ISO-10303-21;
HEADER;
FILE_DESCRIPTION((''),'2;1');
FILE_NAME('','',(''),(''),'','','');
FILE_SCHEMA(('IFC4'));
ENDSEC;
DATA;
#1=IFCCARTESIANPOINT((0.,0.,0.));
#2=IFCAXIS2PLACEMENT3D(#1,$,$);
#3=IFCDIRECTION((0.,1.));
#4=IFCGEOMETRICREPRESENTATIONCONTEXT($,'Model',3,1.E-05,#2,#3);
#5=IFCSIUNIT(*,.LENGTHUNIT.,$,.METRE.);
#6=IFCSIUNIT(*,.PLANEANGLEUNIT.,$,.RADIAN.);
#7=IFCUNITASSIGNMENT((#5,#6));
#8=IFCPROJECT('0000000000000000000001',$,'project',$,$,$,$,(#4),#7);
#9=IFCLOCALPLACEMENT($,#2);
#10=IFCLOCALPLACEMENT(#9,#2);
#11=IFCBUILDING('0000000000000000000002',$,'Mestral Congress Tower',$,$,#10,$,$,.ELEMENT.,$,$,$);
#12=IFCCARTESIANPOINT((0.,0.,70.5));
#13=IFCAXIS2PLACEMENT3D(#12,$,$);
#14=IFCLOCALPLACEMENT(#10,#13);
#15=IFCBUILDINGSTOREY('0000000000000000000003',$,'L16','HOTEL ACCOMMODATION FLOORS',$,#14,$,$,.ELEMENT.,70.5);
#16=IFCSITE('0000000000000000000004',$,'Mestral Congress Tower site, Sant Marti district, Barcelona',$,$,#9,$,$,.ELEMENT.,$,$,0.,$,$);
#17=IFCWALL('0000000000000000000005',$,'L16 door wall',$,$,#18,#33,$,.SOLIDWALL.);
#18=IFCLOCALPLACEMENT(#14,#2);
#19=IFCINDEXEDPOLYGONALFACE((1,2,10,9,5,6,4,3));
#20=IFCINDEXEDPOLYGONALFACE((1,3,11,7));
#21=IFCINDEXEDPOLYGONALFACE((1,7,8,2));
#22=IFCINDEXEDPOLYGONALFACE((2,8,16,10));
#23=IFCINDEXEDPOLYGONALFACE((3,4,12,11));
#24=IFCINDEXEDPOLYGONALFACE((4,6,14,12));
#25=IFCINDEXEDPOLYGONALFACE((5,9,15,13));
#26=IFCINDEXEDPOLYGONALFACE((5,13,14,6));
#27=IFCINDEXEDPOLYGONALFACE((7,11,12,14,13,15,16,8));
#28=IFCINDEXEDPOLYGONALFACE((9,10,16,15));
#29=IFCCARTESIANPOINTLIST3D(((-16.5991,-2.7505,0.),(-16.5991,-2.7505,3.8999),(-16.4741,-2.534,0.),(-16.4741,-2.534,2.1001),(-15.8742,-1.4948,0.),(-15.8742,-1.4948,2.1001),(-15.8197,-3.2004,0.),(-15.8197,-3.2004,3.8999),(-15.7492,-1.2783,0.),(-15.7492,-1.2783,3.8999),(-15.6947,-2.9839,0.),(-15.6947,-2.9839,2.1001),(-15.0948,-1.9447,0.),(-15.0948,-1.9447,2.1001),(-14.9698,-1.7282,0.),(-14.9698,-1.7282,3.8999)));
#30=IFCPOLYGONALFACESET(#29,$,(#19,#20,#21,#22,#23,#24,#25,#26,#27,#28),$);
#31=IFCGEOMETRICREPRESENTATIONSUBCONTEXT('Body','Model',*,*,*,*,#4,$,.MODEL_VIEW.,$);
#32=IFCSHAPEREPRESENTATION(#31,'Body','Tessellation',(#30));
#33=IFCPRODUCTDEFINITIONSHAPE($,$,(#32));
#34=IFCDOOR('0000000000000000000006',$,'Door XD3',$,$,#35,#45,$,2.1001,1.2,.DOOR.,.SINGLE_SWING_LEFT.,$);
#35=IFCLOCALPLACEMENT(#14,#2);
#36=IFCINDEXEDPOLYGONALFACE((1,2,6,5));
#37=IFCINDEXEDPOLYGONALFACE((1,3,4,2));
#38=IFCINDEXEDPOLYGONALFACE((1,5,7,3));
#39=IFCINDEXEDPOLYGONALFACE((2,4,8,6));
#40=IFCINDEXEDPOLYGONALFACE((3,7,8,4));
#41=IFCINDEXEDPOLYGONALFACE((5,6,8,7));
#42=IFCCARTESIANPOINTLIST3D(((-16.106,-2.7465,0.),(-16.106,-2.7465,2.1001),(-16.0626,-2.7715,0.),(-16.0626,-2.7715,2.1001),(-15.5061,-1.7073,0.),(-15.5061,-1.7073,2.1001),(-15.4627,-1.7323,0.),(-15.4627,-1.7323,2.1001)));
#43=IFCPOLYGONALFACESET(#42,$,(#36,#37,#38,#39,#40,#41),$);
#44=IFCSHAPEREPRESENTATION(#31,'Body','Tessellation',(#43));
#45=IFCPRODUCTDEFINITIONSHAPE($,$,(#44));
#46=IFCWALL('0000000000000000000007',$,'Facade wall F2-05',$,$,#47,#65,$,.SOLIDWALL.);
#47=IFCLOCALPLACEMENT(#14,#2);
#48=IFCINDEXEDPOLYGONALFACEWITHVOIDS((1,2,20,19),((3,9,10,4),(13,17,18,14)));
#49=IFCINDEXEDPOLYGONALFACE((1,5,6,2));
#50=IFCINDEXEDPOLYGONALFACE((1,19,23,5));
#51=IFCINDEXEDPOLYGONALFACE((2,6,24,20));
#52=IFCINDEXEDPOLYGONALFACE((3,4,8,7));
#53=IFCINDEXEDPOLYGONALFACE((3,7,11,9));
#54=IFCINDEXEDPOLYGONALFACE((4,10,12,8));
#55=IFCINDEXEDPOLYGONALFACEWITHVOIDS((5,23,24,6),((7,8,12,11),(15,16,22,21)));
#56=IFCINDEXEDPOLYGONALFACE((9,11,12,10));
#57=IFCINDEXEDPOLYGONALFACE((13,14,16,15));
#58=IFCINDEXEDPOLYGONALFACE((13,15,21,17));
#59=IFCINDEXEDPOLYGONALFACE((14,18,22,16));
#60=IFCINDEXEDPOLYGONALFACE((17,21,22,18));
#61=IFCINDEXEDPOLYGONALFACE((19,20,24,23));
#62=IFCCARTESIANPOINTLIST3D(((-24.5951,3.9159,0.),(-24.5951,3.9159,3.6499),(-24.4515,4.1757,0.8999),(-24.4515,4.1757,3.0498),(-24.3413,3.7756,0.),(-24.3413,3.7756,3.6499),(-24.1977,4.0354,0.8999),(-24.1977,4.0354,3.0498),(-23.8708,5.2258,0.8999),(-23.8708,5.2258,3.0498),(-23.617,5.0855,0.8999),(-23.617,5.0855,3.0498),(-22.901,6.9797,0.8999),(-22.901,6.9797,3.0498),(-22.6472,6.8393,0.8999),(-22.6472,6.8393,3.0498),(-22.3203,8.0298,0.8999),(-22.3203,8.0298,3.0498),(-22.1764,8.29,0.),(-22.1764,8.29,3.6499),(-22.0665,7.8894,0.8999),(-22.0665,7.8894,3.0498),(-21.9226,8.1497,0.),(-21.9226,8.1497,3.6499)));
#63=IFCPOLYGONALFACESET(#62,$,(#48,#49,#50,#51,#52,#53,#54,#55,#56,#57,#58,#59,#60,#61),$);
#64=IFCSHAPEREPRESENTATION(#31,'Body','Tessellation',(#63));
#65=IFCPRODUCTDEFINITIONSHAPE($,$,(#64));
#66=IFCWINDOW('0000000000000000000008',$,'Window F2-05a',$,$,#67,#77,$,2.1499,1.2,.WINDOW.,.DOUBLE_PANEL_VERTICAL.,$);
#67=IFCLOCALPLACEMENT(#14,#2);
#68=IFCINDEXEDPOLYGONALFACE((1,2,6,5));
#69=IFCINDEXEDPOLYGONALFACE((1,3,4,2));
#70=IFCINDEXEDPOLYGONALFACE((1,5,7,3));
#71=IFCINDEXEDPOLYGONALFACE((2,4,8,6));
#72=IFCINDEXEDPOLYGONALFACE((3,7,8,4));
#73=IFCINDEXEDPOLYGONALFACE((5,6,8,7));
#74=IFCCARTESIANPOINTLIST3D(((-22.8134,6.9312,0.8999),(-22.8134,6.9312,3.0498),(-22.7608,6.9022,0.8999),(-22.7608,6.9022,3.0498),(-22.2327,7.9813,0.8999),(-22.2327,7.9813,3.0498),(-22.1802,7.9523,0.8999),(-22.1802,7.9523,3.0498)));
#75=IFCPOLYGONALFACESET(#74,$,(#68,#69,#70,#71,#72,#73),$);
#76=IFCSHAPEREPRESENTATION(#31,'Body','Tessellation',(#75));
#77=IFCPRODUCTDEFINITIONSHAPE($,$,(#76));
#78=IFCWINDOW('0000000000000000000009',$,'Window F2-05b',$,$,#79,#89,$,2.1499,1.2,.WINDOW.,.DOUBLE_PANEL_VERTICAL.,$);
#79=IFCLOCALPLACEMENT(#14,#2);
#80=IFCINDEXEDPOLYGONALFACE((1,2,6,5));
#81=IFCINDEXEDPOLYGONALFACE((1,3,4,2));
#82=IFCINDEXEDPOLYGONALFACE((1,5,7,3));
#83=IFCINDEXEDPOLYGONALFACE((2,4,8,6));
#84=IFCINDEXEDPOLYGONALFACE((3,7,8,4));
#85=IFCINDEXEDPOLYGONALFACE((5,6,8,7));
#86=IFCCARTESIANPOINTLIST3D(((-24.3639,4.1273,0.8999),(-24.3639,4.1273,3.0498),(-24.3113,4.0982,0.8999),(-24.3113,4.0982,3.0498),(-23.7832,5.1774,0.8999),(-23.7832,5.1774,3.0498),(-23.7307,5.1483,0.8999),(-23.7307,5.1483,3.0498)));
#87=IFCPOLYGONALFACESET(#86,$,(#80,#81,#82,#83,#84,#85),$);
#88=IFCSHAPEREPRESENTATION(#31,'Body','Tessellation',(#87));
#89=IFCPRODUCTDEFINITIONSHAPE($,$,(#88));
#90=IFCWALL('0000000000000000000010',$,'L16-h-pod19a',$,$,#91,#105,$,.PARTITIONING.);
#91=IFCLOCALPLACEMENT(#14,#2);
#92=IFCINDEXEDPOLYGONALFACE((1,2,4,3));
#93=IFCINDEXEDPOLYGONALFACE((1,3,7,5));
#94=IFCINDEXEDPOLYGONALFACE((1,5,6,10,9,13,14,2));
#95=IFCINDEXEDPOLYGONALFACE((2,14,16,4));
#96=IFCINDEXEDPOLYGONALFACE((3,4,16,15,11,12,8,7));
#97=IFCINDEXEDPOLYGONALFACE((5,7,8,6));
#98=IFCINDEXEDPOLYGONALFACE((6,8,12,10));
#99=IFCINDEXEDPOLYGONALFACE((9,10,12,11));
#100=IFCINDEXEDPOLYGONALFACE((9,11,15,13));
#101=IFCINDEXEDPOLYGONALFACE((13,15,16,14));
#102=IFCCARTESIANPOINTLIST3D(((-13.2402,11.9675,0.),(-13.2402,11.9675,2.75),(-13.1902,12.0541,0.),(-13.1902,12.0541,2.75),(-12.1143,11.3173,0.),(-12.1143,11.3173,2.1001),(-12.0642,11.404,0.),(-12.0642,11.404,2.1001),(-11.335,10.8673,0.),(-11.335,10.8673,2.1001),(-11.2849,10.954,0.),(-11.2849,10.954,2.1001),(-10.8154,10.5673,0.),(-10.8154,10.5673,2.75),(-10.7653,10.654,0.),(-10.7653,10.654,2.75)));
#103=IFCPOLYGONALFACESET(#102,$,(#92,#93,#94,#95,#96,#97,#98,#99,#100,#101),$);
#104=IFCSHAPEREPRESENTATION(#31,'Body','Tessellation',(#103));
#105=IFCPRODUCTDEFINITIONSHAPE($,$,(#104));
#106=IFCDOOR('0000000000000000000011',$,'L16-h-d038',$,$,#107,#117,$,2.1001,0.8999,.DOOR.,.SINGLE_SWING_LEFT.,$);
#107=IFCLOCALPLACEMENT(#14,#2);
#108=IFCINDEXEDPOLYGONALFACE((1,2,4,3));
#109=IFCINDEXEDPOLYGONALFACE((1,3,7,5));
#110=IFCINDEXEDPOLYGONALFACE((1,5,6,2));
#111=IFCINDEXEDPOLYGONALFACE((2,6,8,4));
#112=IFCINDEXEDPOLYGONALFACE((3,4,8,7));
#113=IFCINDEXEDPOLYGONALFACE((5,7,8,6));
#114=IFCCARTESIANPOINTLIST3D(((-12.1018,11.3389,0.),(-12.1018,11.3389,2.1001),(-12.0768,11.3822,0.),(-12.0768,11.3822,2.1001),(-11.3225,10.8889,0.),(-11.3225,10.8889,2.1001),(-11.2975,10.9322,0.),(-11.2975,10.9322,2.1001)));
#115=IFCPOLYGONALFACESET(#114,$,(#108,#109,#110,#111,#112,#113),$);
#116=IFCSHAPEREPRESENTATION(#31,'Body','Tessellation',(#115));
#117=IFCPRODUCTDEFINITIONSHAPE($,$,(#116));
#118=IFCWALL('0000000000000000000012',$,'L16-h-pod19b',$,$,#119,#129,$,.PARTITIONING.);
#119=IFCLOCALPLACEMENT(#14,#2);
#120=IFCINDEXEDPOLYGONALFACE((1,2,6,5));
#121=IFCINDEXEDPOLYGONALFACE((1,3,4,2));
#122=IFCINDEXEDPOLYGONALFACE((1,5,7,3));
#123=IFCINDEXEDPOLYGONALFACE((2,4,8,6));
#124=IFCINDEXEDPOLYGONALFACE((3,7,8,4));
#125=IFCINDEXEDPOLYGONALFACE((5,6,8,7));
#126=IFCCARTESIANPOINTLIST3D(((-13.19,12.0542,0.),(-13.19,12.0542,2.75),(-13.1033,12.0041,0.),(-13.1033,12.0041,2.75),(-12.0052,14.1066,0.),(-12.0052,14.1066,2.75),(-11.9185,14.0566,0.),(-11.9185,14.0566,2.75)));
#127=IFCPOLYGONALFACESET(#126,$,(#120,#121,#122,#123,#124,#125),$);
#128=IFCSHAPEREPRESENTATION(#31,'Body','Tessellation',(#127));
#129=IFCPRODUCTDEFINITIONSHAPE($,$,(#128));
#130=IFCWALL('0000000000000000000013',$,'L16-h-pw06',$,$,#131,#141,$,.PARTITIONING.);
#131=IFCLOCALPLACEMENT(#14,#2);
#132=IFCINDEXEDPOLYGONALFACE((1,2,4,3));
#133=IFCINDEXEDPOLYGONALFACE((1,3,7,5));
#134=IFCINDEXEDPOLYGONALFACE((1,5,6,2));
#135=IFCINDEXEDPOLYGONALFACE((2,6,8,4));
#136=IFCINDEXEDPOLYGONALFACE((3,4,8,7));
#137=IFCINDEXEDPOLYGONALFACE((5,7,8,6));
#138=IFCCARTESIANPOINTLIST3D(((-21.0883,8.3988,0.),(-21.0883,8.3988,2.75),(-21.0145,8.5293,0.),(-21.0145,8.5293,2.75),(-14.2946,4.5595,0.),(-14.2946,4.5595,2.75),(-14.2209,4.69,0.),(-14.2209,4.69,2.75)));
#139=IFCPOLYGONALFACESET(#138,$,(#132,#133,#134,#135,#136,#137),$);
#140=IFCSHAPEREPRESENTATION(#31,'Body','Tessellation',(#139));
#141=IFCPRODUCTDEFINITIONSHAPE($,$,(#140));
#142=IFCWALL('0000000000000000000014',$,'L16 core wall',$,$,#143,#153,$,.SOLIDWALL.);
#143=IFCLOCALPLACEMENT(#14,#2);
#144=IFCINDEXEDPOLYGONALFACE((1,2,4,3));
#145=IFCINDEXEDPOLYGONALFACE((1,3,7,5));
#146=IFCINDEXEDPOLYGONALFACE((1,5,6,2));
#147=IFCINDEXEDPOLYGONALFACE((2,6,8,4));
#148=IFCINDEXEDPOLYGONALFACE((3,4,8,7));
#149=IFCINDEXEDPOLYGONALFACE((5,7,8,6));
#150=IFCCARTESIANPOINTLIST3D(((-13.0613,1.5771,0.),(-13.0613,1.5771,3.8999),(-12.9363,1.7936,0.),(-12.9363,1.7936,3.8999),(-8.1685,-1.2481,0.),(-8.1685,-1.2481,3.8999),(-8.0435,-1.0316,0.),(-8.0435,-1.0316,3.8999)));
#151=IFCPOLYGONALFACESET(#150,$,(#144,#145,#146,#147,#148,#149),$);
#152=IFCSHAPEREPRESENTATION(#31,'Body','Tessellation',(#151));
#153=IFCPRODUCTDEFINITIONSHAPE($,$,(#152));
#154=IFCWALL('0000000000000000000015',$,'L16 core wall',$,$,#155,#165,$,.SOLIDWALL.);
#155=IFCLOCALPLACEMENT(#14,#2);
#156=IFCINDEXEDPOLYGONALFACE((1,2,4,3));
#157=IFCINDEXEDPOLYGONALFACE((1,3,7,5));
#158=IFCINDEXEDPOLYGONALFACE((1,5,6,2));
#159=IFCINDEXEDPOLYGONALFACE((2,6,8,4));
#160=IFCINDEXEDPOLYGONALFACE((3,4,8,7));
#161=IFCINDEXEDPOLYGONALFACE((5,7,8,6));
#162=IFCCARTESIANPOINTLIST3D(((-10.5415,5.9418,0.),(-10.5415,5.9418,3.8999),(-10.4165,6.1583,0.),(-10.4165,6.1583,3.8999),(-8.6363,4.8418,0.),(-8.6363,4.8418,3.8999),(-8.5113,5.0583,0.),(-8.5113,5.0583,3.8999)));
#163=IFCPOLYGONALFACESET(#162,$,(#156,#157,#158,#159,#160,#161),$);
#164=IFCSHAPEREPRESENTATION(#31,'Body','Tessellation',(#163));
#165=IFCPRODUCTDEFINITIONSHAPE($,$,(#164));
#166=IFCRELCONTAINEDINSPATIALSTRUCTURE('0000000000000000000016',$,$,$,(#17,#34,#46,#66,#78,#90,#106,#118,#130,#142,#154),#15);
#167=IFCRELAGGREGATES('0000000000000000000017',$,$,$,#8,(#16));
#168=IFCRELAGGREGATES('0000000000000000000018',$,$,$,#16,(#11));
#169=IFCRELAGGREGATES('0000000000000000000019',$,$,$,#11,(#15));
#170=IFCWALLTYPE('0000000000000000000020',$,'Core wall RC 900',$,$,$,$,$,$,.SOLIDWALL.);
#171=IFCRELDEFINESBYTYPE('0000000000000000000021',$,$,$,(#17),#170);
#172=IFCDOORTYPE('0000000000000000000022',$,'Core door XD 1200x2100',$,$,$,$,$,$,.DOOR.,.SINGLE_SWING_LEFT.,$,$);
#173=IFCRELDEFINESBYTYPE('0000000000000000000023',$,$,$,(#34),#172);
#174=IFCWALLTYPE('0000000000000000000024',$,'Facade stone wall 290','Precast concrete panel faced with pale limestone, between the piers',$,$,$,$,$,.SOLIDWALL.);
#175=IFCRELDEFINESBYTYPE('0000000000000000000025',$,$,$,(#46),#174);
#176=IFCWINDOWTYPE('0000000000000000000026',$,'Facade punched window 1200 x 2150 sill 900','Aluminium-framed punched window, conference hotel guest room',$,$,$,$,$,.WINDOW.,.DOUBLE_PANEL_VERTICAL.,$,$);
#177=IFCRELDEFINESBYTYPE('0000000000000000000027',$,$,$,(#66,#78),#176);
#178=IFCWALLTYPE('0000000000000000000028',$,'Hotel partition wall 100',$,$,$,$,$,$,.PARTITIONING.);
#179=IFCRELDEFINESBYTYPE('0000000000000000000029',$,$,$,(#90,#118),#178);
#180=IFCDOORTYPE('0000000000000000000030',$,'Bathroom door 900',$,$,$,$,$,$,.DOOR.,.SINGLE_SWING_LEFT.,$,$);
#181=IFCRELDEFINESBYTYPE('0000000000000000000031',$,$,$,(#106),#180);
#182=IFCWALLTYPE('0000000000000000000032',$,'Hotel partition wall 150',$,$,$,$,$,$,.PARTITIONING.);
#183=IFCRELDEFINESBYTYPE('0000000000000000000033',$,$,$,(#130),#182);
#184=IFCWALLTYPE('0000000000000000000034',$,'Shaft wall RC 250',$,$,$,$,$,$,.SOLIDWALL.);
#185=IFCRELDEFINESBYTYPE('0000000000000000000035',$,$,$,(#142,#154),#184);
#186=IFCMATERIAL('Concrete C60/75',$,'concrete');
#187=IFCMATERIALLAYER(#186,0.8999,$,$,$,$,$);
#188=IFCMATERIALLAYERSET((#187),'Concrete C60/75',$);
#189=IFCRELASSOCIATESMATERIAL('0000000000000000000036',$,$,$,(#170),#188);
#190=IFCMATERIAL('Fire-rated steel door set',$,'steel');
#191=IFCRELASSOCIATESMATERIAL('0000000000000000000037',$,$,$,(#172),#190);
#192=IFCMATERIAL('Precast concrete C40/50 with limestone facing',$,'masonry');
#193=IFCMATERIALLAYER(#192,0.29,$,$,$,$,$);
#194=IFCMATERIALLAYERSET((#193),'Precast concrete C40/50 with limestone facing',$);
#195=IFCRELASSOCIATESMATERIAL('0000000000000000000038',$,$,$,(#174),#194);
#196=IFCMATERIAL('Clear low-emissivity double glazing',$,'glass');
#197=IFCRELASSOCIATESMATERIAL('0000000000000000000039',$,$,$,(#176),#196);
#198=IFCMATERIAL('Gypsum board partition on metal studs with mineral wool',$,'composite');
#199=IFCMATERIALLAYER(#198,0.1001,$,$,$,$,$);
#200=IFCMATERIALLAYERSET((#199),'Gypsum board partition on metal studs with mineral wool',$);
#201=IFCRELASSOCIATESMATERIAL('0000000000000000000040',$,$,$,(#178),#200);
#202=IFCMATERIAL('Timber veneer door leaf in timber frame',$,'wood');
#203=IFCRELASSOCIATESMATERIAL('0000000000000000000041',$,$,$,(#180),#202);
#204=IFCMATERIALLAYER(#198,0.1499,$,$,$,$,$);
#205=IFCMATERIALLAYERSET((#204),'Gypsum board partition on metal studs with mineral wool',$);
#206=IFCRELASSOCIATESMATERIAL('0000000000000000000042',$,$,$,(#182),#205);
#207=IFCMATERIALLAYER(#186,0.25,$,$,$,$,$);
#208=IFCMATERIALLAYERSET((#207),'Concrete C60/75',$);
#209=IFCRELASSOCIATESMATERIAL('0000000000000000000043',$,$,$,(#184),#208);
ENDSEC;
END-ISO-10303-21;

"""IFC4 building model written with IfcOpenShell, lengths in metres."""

from ifc_helpers import new_model, si_unit, direction, frame, frame_2d, origin, place, context, subcontext, project, spatial, rectangle, extrude, material, layer, layer_set, type_object, element, fill, save


model = new_model("IFC4")

# Units and contexts
model_context = context("Model", 3, precision=1e-05, world=origin(), true_north=direction((0.0, 1.0)))
body_context = subcontext(model_context, "Body", "Model", "MODEL_VIEW")
ifc_project = project(units=[si_unit("LENGTHUNIT", "METRE"), si_unit("PLANEANGLEUNIT", "RADIAN")], contexts=[model_context])

# Site, building, storey
site_placement = place(None, origin())
site = spatial("IfcSite", under=ifc_project, at=site_placement, Name="Mestral Congress Tower site, Sant Marti district, Barcelona", CompositionType="ELEMENT", RefElevation=0.0)
building_placement = place(site_placement, origin())
building = spatial("IfcBuilding", under=site, at=building_placement, Name="Mestral Congress Tower", CompositionType="ELEMENT")
storey_placement = place(building_placement, frame((0.0, 0.0, 70.5)))
storey = spatial("IfcBuildingStorey", under=building, at=storey_placement, Name="L16", Description="HOTEL ACCOMMODATION FLOORS", CompositionType="ELEMENT", Elevation=70.5)

# Shared definitions
ifc_material_1 = material(Name="Concrete C60/75", Category="concrete")
ifc_layer_1 = layer(ifc_material_1, 0.8999)
ifc_layer_set_1 = layer_set([ifc_layer_1], Name="Concrete C60/75")
wall_type_1 = type_object("IfcWallType", Name="Core wall RC 900", PredefinedType="SOLIDWALL", material=ifc_layer_set_1)

# Wall, opening, door
wall_1_placement = place(storey_placement, frame((-16.2095, -2.9756, 0.0), z_axis=(0.0, 0.0, 1.0), x_axis=(0.499955, 0.866052, 0.0)))
wall_1 = element("IfcWall", 1, at=wall_1_placement, inside=storey, type_object=wall_type_1, Name="L16 door wall", PredefinedType="SOLIDWALL", context=body_context, shape_type="SweptSolid", body=[
    extrude(rectangle(XDim=1.7, YDim=0.8999, at=frame_2d((0.8501, 0.0))), origin(), (0.0, 0.0, 1.0), 3.8999),
])
opening_1_placement = place(wall_1_placement, frame((0.25, 0.0, 0.0)))
opening_1 = element("IfcOpeningElement", 2, at=opening_1_placement, cuts=wall_1, PredefinedType="OPENING", context=body_context, shape_type="SweptSolid", body=[
    extrude(rectangle(XDim=1.2, YDim=2.1001, at=frame_2d((0.6001, 1.05))), frame((0.0, 0.46, 0.0), z_axis=(0.0, -1.0, 0.0), x_axis=(1.0, 0.0, 0.0)), (0.0, 0.0, 1.0), 0.9199),
])
ifc_material_2 = material(Name="Fire-rated steel door set", Category="steel")
door_type_1 = type_object("IfcDoorType", Name="Core door XD 1200x2100", OperationType="SINGLE_SWING_LEFT", PredefinedType="DOOR", material=ifc_material_2)
door_1_placement = place(opening_1_placement, origin())
door_1 = element("IfcDoor", 3, at=door_1_placement, inside=storey, type_object=door_type_1, Name="Door XD3", OperationType="SINGLE_SWING_LEFT", OverallHeight=2.1001, OverallWidth=1.2, PredefinedType="DOOR", context=body_context, shape_type="SweptSolid", body=[
    extrude(rectangle(XDim=1.2, YDim=2.1001, at=frame_2d((0.6001, 1.05))), frame((0.0, 0.0249, 0.0), z_axis=(0.0, -1.0, 0.0), x_axis=(1.0, 0.0, 0.0)), (0.0, 0.0, 1.0), 0.05),
])
fill(opening_1, door_1)

# Wall, openings, windows
ifc_material_3 = material(Name="Precast concrete C40/50 with limestone facing", Category="masonry")
ifc_layer_2 = layer(ifc_material_3, 0.29)
ifc_layer_set_2 = layer_set([ifc_layer_2], Name="Precast concrete C40/50 with limestone facing")
wall_type_2 = type_object("IfcWallType", Name="Facade stone wall 290", Description="Precast concrete panel faced with pale limestone, between the piers", PredefinedType="SOLIDWALL", material=ifc_layer_set_2)
wall_2_placement = place(storey_placement, frame((-22.0496, 8.2197, 0.0), z_axis=(0.0, 0.0, 1.0), x_axis=(-0.483913, -0.875116, 0.0)))
wall_2 = element("IfcWall", 4, at=wall_2_placement, inside=storey, type_object=wall_type_2, Name="Facade wall F2-05", PredefinedType="SOLIDWALL", context=body_context, shape_type="SweptSolid", body=[
    extrude(rectangle(XDim=4.9983, YDim=0.29, at=frame_2d((2.499, 0.0))), origin(), (0.0, 0.0, 1.0), 3.6499),
])
opening_2_placement = place(wall_2_placement, frame((0.2971, 0.0, 0.8999)))
opening_2 = element("IfcOpeningElement", 5, at=opening_2_placement, cuts=wall_2, PredefinedType="OPENING", context=body_context, shape_type="SweptSolid", body=[
    extrude(rectangle(XDim=1.2, YDim=2.1499, at=frame_2d((0.6001, 1.075))), frame((0.0, 0.155, 0.0), z_axis=(0.0, -1.0, 0.0), x_axis=(1.0, 0.0, 0.0)), (0.0, 0.0, 1.0), 0.3101),
])
opening_3_placement = place(wall_2_placement, frame((3.5012, 0.0, 0.8999)))
opening_3 = element("IfcOpeningElement", 6, at=opening_3_placement, cuts=wall_2, PredefinedType="OPENING", context=body_context, shape_type="SweptSolid", body=[
    extrude(rectangle(XDim=1.2, YDim=2.1499, at=frame_2d((0.6001, 1.075))), frame((0.0, 0.155, 0.0), z_axis=(0.0, -1.0, 0.0), x_axis=(1.0, 0.0, 0.0)), (0.0, 0.0, 1.0), 0.3101),
])
ifc_material_4 = material(Name="Clear low-emissivity double glazing", Category="glass")
window_type = type_object("IfcWindowType", Name="Facade punched window 1200 x 2150 sill 900", Description="Aluminium-framed punched window, conference hotel guest room", PartitioningType="DOUBLE_PANEL_VERTICAL", PredefinedType="WINDOW", material=ifc_material_4)
window_1_placement = place(opening_2_placement, origin())
window_1 = element("IfcWindow", 7, at=window_1_placement, inside=storey, type_object=window_type, Name="Window F2-05a", OverallHeight=2.1499, OverallWidth=1.2, PartitioningType="DOUBLE_PANEL_VERTICAL", PredefinedType="WINDOW", context=body_context, shape_type="SweptSolid", body=[
    extrude(rectangle(XDim=1.2, YDim=2.1499, at=frame_2d((0.6001, 1.075))), frame((0.0, 0.0151, 0.0), z_axis=(0.0, -1.0, 0.0), x_axis=(1.0, 0.0, 0.0)), (0.0, 0.0, 1.0), 0.0601),
])
fill(opening_2, window_1)
window_2_placement = place(opening_3_placement, origin())
window_2 = element("IfcWindow", 8, at=window_2_placement, inside=storey, type_object=window_type, Name="Window F2-05b", OverallHeight=2.1499, OverallWidth=1.2, PartitioningType="DOUBLE_PANEL_VERTICAL", PredefinedType="WINDOW", context=body_context, shape_type="SweptSolid", body=[
    extrude(rectangle(XDim=1.2, YDim=2.1499, at=frame_2d((0.6001, 1.075))), frame((0.0, 0.0151, 0.0), z_axis=(0.0, -1.0, 0.0), x_axis=(1.0, 0.0, 0.0)), (0.0, 0.0, 1.0), 0.0601),
])
fill(opening_3, window_2)

# Wall, opening, door
ifc_material_5 = material(Name="Gypsum board partition on metal studs with mineral wool", Category="composite")
ifc_layer_3 = layer(ifc_material_5, 0.1001)
ifc_layer_set_3 = layer_set([ifc_layer_3], Name="Gypsum board partition on metal studs with mineral wool")
wall_type_3 = type_object("IfcWallType", Name="Hotel partition wall 100", PredefinedType="PARTITIONING", material=ifc_layer_set_3)
wall_3_placement = place(storey_placement, frame((-13.2151, 12.0107, 0.0), z_axis=(0.0, 0.0, 1.0), x_axis=(0.865997, -0.50005, 0.0)))
wall_3 = element("IfcWall", 9, at=wall_3_placement, inside=storey, type_object=wall_type_3, Name="L16-h-pod19a", PredefinedType="PARTITIONING", context=body_context, shape_type="SweptSolid", body=[
    extrude(rectangle(XDim=2.8, YDim=0.1001, at=frame_2d((1.3999, 0.0))), origin(), (0.0, 0.0, 1.0), 2.75),
])
opening_4_placement = place(wall_3_placement, frame((1.3, 0.0, 0.0)))
opening_4 = element("IfcOpeningElement", 10, at=opening_4_placement, cuts=wall_3, PredefinedType="OPENING", context=body_context, shape_type="SweptSolid", body=[
    extrude(rectangle(XDim=0.8999, YDim=2.1001, at=frame_2d((0.45, 1.05))), frame((0.0, 0.0601, 0.0), z_axis=(0.0, -1.0, 0.0), x_axis=(1.0, 0.0, 0.0)), (0.0, 0.0, 1.0), 0.1201),
])
ifc_material_6 = material(Name="Timber veneer door leaf in timber frame", Category="wood")
door_type_2 = type_object("IfcDoorType", Name="Bathroom door 900", OperationType="SINGLE_SWING_LEFT", PredefinedType="DOOR", material=ifc_material_6)
door_2_placement = place(opening_4_placement, origin())
door_2 = element("IfcDoor", 11, at=door_2_placement, inside=storey, type_object=door_type_2, Name="L16-h-d038", OperationType="SINGLE_SWING_LEFT", OverallHeight=2.1001, OverallWidth=0.8999, PredefinedType="DOOR", context=body_context, shape_type="SweptSolid", body=[
    extrude(rectangle(XDim=0.8999, YDim=2.1001, at=frame_2d((0.45, 1.05))), frame((0.0, 0.0249, 0.0), z_axis=(0.0, -1.0, 0.0), x_axis=(1.0, 0.0, 0.0)), (0.0, 0.0, 1.0), 0.05),
])
fill(opening_4, door_2)

# Walls
wall_4_placement = place(storey_placement, frame((-13.1467, 12.0291, 0.0), z_axis=(0.0, 0.0, 1.0), x_axis=(0.499939, 0.86606, 0.0)))
element("IfcWall", 12, at=wall_4_placement, inside=storey, type_object=wall_type_3, Name="L16-h-pod19b", PredefinedType="PARTITIONING", context=body_context, shape_type="SweptSolid", body=[
    extrude(rectangle(XDim=2.3699, YDim=0.1001, at=frame_2d((1.1851, 0.0))), origin(), (0.0, 0.0, 1.0), 2.75),
])
ifc_layer_4 = layer(ifc_material_5, 0.1499)
ifc_layer_set_4 = layer_set([ifc_layer_4], Name="Gypsum board partition on metal studs with mineral wool")
wall_type_4 = type_object("IfcWallType", Name="Hotel partition wall 150", PredefinedType="PARTITIONING", material=ifc_layer_set_4)
wall_5_placement = place(storey_placement, frame((-21.0515, 8.4641, 0.0), z_axis=(0.0, 0.0, 1.0), x_axis=(0.870594, -0.492003, 0.0)))
element("IfcWall", 13, at=wall_5_placement, inside=storey, type_object=wall_type_4, Name="L16-h-pw06", PredefinedType="PARTITIONING", context=body_context, shape_type="SweptSolid", body=[
    extrude(rectangle(XDim=7.8035, YDim=0.1499, at=frame_2d((3.9019, 0.0))), origin(), (0.0, 0.0, 1.0), 2.75),
])
ifc_layer_5 = layer(ifc_material_1, 0.25)
ifc_layer_set_5 = layer_set([ifc_layer_5], Name="Concrete C60/75")
wall_type_5 = type_object("IfcWallType", Name="Shaft wall RC 250", PredefinedType="SOLIDWALL", material=ifc_layer_set_5)
wall_6_placement = place(storey_placement, frame((-8.106, -1.1399, 0.0), z_axis=(0.0, 0.0, 1.0), x_axis=(-0.866001, 0.500043, 0.0)))
element("IfcWall", 14, at=wall_6_placement, inside=storey, type_object=wall_type_5, Name="L16 core wall", PredefinedType="SOLIDWALL", context=body_context, shape_type="SweptSolid", body=[
    extrude(rectangle(XDim=5.6499, YDim=0.25, at=frame_2d((2.825, 0.0))), origin(), (0.0, 0.0, 1.0), 3.8999),
])
wall_7_placement = place(storey_placement, frame((-8.5737, 4.95, 0.0), z_axis=(0.0, 0.0, 1.0), x_axis=(-0.866008, 0.50003, 0.0)))
element("IfcWall", 15, at=wall_7_placement, inside=storey, type_object=wall_type_5, Name="L16 core wall", PredefinedType="SOLIDWALL", context=body_context, shape_type="SweptSolid", body=[
    extrude(rectangle(XDim=2.2, YDim=0.25, at=frame_2d((1.1001, 0.0))), origin(), (0.0, 0.0, 1.0), 3.8999),
])

save(model, "model.ifc")
